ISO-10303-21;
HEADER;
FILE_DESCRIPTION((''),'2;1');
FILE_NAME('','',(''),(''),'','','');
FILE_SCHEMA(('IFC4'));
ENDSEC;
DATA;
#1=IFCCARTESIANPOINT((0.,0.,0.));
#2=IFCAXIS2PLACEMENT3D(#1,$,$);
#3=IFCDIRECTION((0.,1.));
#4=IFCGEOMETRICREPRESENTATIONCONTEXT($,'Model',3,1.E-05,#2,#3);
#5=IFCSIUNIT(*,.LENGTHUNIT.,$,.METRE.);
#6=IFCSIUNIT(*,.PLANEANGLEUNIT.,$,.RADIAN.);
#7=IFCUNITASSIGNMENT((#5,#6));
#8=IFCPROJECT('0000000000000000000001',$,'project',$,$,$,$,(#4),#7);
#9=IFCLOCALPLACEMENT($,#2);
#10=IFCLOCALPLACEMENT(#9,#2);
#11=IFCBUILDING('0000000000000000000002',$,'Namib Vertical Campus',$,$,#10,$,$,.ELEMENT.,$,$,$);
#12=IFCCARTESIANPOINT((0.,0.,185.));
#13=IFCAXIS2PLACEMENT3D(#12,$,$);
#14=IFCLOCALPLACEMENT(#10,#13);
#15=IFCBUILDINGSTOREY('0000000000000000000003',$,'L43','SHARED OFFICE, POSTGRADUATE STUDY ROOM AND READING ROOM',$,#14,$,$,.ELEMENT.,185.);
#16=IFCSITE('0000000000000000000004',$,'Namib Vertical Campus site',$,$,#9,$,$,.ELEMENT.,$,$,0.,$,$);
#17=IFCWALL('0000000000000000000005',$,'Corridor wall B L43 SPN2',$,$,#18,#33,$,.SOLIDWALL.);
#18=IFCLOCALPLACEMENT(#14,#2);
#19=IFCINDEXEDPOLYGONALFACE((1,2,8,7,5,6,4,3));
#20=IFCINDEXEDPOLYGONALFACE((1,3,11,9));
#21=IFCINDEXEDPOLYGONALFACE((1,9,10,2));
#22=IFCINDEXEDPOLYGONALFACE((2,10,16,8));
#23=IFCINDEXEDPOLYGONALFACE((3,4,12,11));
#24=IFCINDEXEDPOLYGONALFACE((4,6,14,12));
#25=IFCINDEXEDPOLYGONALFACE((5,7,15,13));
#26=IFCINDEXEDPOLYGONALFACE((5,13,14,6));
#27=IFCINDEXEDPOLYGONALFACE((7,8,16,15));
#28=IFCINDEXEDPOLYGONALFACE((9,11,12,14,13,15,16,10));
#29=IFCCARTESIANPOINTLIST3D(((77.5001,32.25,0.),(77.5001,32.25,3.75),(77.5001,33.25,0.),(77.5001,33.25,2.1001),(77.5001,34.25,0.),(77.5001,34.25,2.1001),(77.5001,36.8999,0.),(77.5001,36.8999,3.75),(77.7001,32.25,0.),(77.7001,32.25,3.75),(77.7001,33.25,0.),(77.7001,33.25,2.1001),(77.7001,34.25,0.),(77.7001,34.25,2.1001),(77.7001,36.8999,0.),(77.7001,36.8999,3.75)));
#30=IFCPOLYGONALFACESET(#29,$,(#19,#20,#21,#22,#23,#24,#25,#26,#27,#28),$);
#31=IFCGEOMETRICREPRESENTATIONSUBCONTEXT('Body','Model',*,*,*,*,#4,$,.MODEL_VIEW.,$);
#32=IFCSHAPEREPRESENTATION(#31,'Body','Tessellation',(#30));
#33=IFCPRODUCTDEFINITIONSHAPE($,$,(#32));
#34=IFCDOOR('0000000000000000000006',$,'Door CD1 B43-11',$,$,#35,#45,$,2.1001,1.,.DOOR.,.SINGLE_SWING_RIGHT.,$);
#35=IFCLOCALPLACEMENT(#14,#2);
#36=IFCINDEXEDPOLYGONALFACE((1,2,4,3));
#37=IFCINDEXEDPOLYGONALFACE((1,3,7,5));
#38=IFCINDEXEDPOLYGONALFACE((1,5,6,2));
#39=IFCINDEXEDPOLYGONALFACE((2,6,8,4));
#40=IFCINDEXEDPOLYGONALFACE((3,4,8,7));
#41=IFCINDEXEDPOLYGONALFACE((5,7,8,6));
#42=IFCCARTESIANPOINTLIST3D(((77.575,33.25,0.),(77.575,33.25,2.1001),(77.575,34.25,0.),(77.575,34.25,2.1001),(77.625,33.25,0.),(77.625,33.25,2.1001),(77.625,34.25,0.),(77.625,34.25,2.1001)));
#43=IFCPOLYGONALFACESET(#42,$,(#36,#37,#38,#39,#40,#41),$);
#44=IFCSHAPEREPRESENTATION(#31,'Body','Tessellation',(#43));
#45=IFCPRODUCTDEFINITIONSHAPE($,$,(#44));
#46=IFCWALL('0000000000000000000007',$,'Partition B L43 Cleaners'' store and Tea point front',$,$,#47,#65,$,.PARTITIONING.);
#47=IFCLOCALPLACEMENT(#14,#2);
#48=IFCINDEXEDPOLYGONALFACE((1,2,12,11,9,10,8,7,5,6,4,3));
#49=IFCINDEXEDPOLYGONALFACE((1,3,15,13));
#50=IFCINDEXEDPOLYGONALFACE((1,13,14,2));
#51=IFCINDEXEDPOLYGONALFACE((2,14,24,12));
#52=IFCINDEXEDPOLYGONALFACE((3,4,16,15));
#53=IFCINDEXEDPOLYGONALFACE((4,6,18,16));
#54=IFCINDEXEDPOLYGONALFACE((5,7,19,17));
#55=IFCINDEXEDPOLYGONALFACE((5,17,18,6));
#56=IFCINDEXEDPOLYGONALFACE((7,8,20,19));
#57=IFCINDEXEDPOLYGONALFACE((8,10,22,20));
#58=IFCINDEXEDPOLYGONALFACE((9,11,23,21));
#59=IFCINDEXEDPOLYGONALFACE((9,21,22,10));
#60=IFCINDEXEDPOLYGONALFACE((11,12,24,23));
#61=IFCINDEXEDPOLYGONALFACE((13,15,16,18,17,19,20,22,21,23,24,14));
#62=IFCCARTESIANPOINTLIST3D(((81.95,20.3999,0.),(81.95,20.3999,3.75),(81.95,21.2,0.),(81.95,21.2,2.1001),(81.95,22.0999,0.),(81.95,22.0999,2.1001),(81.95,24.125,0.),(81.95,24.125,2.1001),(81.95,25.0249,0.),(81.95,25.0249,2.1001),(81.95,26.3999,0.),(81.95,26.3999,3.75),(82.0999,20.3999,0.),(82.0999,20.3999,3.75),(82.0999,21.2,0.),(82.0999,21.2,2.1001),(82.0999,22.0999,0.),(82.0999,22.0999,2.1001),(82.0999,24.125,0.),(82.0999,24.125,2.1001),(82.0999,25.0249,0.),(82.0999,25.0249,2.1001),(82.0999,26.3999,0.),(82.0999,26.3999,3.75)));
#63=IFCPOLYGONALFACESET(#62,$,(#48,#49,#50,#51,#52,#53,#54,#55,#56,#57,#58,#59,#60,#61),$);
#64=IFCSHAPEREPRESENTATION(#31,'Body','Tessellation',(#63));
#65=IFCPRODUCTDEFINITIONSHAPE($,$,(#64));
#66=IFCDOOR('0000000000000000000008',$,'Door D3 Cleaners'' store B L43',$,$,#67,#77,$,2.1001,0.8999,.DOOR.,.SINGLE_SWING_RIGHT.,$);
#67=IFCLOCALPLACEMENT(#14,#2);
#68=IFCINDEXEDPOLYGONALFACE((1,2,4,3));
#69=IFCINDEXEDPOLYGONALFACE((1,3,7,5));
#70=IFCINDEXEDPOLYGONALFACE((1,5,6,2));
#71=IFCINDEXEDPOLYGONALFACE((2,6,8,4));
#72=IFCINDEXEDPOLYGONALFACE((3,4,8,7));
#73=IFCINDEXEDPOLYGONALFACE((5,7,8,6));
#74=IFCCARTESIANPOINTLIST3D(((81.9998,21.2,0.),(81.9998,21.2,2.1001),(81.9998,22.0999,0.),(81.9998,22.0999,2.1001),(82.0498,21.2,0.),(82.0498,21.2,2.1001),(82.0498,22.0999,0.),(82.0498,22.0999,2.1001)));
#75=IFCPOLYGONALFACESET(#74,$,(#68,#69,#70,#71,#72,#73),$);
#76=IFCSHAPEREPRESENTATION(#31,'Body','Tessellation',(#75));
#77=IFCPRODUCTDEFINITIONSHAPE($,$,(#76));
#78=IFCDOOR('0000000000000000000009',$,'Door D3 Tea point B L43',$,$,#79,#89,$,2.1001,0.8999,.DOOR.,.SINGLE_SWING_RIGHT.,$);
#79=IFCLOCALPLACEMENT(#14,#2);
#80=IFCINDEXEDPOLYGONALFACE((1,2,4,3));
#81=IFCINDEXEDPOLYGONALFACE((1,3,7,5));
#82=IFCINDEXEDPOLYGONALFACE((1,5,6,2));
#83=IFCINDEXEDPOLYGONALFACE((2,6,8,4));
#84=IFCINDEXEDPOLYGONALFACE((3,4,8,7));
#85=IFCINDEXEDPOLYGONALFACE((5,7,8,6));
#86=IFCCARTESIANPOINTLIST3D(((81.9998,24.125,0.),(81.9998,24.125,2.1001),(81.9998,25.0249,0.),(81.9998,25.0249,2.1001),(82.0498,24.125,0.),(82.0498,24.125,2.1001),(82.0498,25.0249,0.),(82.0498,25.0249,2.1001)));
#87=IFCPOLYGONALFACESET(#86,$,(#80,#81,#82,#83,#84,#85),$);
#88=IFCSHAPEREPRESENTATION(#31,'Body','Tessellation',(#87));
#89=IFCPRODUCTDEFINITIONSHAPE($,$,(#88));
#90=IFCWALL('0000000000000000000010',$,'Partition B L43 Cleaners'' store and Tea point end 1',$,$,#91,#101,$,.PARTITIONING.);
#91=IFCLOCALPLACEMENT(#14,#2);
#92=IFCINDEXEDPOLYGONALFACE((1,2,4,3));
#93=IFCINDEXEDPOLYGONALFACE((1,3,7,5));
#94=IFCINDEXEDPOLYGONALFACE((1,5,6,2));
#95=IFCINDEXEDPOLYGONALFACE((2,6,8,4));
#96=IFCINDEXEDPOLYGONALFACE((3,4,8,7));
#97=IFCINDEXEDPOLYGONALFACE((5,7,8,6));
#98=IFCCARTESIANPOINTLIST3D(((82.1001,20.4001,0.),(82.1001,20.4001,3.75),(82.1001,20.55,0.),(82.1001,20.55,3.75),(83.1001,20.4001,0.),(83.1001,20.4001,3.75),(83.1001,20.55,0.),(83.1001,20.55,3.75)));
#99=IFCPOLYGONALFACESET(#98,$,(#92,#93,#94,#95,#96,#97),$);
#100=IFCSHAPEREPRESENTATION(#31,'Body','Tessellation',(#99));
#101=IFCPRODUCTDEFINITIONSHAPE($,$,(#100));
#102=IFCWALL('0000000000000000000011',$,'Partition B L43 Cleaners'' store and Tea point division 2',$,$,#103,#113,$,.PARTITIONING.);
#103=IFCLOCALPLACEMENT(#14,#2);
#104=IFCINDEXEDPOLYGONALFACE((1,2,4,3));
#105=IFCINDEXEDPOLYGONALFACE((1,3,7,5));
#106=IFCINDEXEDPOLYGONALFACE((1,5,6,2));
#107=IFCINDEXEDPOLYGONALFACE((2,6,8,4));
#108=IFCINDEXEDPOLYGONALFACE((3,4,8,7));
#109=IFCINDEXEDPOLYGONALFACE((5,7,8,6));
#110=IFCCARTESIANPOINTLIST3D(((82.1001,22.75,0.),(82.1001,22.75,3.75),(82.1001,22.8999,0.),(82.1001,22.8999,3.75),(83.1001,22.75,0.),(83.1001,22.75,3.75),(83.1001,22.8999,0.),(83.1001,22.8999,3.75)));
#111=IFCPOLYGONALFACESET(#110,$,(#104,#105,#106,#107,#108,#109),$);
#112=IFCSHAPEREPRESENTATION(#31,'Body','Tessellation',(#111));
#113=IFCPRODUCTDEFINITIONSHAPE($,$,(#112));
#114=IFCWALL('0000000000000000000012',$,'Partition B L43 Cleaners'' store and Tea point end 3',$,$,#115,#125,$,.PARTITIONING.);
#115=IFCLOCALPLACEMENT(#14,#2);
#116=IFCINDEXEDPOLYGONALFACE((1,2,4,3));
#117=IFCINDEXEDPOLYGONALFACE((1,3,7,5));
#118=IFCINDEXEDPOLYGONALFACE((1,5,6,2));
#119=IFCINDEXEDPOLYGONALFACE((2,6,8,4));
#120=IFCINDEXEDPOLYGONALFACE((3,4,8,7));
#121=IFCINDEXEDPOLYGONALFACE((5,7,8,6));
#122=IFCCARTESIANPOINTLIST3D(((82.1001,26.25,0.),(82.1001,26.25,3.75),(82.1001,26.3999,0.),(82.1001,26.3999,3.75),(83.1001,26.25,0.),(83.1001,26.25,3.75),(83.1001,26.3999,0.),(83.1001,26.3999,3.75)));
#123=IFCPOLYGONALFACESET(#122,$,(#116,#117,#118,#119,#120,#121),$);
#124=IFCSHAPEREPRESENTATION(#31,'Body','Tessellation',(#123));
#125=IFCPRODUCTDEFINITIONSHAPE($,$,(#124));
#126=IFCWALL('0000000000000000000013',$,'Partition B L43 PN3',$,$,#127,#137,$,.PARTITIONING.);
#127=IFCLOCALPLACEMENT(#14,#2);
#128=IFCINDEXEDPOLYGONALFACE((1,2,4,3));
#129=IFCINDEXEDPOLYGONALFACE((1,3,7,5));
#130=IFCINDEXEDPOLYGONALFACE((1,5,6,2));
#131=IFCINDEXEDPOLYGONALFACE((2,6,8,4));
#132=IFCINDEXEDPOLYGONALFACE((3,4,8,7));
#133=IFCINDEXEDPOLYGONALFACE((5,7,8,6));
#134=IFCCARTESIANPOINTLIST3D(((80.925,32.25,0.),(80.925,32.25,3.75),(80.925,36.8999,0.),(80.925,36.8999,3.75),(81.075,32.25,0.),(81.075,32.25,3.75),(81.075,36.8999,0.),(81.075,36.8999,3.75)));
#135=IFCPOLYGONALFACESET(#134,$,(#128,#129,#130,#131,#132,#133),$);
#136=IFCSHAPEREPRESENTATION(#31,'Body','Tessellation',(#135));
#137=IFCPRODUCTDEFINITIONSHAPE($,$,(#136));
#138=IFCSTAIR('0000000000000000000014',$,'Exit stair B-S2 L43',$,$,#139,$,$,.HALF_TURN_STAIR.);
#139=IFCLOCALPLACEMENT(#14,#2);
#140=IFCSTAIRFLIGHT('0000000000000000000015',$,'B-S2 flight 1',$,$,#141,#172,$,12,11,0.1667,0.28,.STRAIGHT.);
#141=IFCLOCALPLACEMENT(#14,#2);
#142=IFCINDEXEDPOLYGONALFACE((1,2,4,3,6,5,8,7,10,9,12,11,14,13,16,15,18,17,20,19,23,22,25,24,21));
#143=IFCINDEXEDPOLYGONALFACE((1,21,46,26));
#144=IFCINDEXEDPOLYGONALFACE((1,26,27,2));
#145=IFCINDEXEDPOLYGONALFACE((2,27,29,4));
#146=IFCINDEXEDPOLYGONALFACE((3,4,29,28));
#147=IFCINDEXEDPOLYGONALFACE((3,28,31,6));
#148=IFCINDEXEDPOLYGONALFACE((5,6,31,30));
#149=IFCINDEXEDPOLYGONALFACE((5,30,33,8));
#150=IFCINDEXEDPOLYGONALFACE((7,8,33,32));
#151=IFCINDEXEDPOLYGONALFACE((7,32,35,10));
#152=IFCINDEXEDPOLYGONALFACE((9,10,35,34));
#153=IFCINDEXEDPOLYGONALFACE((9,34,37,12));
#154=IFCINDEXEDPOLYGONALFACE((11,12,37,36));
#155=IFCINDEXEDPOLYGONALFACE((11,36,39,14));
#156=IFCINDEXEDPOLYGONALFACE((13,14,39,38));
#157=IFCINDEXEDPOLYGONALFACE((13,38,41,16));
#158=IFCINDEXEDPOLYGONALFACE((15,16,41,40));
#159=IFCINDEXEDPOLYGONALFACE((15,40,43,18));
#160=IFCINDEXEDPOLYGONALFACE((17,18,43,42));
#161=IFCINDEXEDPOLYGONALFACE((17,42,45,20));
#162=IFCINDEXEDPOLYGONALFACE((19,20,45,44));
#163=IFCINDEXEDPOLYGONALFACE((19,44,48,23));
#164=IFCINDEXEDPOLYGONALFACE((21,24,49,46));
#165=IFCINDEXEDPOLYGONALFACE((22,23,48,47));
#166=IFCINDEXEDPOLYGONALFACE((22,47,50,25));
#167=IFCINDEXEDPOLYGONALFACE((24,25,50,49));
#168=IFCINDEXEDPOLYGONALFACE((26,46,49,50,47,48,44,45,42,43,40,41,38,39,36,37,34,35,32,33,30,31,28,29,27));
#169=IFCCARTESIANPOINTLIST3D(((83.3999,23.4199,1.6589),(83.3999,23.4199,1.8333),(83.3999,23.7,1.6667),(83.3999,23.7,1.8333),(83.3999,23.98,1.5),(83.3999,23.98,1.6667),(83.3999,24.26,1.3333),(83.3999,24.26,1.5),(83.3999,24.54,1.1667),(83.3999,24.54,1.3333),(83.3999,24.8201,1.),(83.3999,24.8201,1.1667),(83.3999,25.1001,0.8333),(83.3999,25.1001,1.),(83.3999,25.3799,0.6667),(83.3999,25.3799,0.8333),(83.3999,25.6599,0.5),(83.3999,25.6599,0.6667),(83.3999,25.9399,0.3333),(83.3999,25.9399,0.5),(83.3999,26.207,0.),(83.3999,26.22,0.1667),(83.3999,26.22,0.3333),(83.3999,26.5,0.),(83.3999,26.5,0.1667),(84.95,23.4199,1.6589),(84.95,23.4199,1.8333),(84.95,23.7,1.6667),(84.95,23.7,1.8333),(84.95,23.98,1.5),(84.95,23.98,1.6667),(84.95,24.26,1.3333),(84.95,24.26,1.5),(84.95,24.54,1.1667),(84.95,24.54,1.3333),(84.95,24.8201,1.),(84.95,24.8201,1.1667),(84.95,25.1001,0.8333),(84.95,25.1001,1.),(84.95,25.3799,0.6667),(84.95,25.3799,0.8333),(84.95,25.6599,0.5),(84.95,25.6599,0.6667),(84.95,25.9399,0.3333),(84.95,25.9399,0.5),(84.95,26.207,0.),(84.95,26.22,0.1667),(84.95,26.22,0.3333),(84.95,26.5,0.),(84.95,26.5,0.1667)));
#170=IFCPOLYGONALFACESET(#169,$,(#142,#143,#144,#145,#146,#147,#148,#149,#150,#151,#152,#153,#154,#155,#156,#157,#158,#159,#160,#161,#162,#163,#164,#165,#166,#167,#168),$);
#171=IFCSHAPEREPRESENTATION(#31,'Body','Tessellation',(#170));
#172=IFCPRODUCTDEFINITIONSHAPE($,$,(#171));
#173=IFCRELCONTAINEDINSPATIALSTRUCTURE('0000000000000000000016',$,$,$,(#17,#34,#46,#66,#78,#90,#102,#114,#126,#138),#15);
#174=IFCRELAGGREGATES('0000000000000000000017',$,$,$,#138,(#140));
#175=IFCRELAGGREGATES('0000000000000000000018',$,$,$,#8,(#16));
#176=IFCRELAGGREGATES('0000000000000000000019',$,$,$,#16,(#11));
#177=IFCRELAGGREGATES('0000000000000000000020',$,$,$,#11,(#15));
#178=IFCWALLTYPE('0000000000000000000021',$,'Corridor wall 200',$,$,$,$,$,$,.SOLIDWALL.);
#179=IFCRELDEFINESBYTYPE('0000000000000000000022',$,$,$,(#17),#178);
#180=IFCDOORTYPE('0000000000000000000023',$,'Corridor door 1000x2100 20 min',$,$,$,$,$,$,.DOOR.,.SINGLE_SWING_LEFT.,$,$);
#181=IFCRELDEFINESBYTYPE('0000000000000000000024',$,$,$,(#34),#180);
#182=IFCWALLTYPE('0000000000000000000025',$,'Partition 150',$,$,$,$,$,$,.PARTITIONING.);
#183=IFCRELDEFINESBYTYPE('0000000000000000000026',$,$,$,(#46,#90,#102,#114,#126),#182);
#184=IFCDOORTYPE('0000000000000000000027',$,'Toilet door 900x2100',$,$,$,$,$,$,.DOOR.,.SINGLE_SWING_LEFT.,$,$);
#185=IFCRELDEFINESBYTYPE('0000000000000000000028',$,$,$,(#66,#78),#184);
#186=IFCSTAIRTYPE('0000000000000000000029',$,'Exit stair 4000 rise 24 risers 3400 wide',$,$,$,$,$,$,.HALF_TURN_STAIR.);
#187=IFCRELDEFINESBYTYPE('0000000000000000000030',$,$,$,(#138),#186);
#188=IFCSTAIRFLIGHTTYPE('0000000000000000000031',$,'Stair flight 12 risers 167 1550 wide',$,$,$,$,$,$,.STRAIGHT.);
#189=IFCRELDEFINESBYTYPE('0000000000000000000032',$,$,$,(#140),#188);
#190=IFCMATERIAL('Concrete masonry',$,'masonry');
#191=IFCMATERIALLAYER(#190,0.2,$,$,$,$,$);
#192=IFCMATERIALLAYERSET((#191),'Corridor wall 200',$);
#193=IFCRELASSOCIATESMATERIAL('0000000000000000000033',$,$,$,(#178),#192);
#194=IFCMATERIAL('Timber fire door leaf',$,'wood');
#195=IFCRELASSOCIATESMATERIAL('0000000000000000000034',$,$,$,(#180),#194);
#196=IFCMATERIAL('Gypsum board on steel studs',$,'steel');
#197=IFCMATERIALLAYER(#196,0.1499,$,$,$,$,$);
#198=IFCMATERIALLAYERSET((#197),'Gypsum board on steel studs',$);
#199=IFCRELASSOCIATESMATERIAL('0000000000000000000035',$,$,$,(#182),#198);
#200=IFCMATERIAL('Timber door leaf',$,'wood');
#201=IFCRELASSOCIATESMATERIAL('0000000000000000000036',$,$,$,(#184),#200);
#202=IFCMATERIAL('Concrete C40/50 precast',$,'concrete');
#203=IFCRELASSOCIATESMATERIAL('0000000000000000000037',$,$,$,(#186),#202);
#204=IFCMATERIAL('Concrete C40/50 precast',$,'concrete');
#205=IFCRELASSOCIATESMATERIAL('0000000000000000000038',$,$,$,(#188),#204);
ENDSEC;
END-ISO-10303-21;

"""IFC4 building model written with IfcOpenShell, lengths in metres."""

from ifc_helpers import new_model, si_unit, direction, frame, frame_2d, origin, place, context, subcontext, project, spatial, polyline, rectangle, outline, extrude, material, layer, layer_set, type_object, element, fill, aggregate, save


model = new_model("IFC4")

# Units and contexts
model_context = context("Model", 3, precision=1e-05, world=origin(), true_north=direction((0.0, 1.0)))
body_context = subcontext(model_context, "Body", "Model", "MODEL_VIEW")
ifc_project = project(units=[si_unit("LENGTHUNIT", "METRE"), si_unit("PLANEANGLEUNIT", "RADIAN")], contexts=[model_context])

# Site, building, storey
site_placement = place(None, origin())
site = spatial("IfcSite", under=ifc_project, at=site_placement, Name="Namib Vertical Campus site", CompositionType="ELEMENT", RefElevation=0.0)
building_placement = place(site_placement, origin())
building = spatial("IfcBuilding", under=site, at=building_placement, Name="Namib Vertical Campus", CompositionType="ELEMENT")
storey_placement = place(building_placement, frame((0.0, 0.0, 185.0)))
storey = spatial("IfcBuildingStorey", under=building, at=storey_placement, Name="L43", Description="SHARED OFFICE, POSTGRADUATE STUDY ROOM AND READING ROOM", CompositionType="ELEMENT", Elevation=185.0)

# Wall, opening, door
ifc_material_1 = material(Name="Concrete masonry", Category="masonry")
ifc_layer_1 = layer(ifc_material_1, 0.2)
ifc_layer_set_1 = layer_set([ifc_layer_1], Name="Corridor wall 200")
wall_type_1 = type_object("IfcWallType", Name="Corridor wall 200", PredefinedType="SOLIDWALL", material=ifc_layer_set_1)
ifc_material_2 = material(Name="Timber fire door leaf", Category="wood")
door_type_1 = type_object("IfcDoorType", Name="Corridor door 1000x2100 20 min", OperationType="SINGLE_SWING_LEFT", PredefinedType="DOOR", material=ifc_material_2)
wall_1_placement = place(storey_placement, frame((77.6001, 36.8999, 0.0), z_axis=(0.0, 0.0, 1.0), x_axis=(0.0, -1.0, 0.0)))
wall_1 = element("IfcWall", 1, at=wall_1_placement, inside=storey, type_object=wall_type_1, Name="Corridor wall B L43 SPN2", PredefinedType="SOLIDWALL", context=body_context, shape_type="SweptSolid", body=[
    extrude(rectangle(XDim=4.6499, YDim=0.2, at=frame_2d((2.325, 0.0))), origin(), (0.0, 0.0, 1.0), 3.75),
])
opening_1_placement = place(wall_1_placement, frame((2.6499, 0.0, 0.0)))
opening_1 = element("IfcOpeningElement", 2, at=opening_1_placement, cuts=wall_1, PredefinedType="OPENING", context=body_context, shape_type="SweptSolid", body=[
    extrude(rectangle(XDim=1.0, YDim=2.1001, at=frame_2d((0.5, 1.05))), frame((0.0, 0.1099, 0.0), z_axis=(0.0, -1.0, 0.0), x_axis=(1.0, 0.0, 0.0)), (0.0, 0.0, 1.0), 0.22),
])
door_1_placement = place(opening_1_placement, origin())
door_1 = element("IfcDoor", 3, at=door_1_placement, inside=storey, type_object=door_type_1, Name="Door CD1 B43-11", OperationType="SINGLE_SWING_RIGHT", OverallHeight=2.1001, OverallWidth=1.0, PredefinedType="DOOR", context=body_context, shape_type="SweptSolid", body=[
    extrude(rectangle(XDim=1.0, YDim=2.1001, at=frame_2d((0.5, 1.05))), frame((0.0, 0.0249, 0.0), z_axis=(0.0, -1.0, 0.0), x_axis=(1.0, 0.0, 0.0)), (0.0, 0.0, 1.0), 0.05),
])
fill(opening_1, door_1)

# Wall, openings, doors
ifc_material_3 = material(Name="Gypsum board on steel studs", Category="steel")
ifc_layer_2 = layer(ifc_material_3, 0.1499)
ifc_layer_set_2 = layer_set([ifc_layer_2], Name="Gypsum board on steel studs")
wall_type_2 = type_object("IfcWallType", Name="Partition 150", PredefinedType="PARTITIONING", material=ifc_layer_set_2)
wall_2_placement = place(storey_placement, frame((82.0249, 20.3999, 0.0), z_axis=(0.0, 0.0, 1.0), x_axis=(0.0, 1.0, 0.0)))
wall_2 = element("IfcWall", 4, at=wall_2_placement, inside=storey, type_object=wall_type_2, Name="Partition B L43 Cleaners' store and Tea point front", PredefinedType="PARTITIONING", context=body_context, shape_type="SweptSolid", body=[
    extrude(rectangle(XDim=6.0, YDim=0.1499, at=frame_2d((3.0, 0.0))), origin(), (0.0, 0.0, 1.0), 3.75),
])
opening_2_placement = place(wall_2_placement, frame((0.8, 0.0, 0.0)))
opening_2 = element("IfcOpeningElement", 5, at=opening_2_placement, cuts=wall_2, PredefinedType="OPENING", context=body_context, shape_type="SweptSolid", body=[
    extrude(rectangle(XDim=0.8999, YDim=2.1001, at=frame_2d((0.45, 1.05))), frame((0.0, 0.085, 0.0), z_axis=(0.0, -1.0, 0.0), x_axis=(1.0, 0.0, 0.0)), (0.0, 0.0, 1.0), 0.1699),
])
opening_3_placement = place(wall_2_placement, frame((3.7251, 0.0, 0.0)))
opening_3 = element("IfcOpeningElement", 6, at=opening_3_placement, cuts=wall_2, PredefinedType="OPENING", context=body_context, shape_type="SweptSolid", body=[
    extrude(rectangle(XDim=0.8999, YDim=2.1001, at=frame_2d((0.45, 1.05))), frame((0.0, 0.085, 0.0), z_axis=(0.0, -1.0, 0.0), x_axis=(1.0, 0.0, 0.0)), (0.0, 0.0, 1.0), 0.1699),
])
ifc_material_4 = material(Name="Timber door leaf", Category="wood")
door_type_2 = type_object("IfcDoorType", Name="Toilet door 900x2100", OperationType="SINGLE_SWING_LEFT", PredefinedType="DOOR", material=ifc_material_4)
door_2_placement = place(opening_2_placement, frame((0.8999, 0.0, 0.0), z_axis=(0.0, 0.0, 1.0), x_axis=(-1.0, 0.0, 0.0)))
door_2 = element("IfcDoor", 7, at=door_2_placement, inside=storey, type_object=door_type_2, Name="Door D3 Cleaners' store B L43", OperationType="SINGLE_SWING_RIGHT", OverallHeight=2.1001, OverallWidth=0.8999, PredefinedType="DOOR", context=body_context, shape_type="SweptSolid", body=[
    extrude(rectangle(XDim=0.8999, YDim=2.1001, at=frame_2d((0.45, 1.05))), frame((0.0, 0.0249, 0.0), z_axis=(0.0, -1.0, 0.0), x_axis=(1.0, 0.0, 0.0)), (0.0, 0.0, 1.0), 0.05),
])
fill(opening_2, door_2)
door_3_placement = place(opening_3_placement, frame((0.8999, 0.0, 0.0), z_axis=(0.0, 0.0, 1.0), x_axis=(-1.0, 0.0, 0.0)))
door_3 = element("IfcDoor", 8, at=door_3_placement, inside=storey, type_object=door_type_2, Name="Door D3 Tea point B L43", OperationType="SINGLE_SWING_RIGHT", OverallHeight=2.1001, OverallWidth=0.8999, PredefinedType="DOOR", context=body_context, shape_type="SweptSolid", body=[
    extrude(rectangle(XDim=0.8999, YDim=2.1001, at=frame_2d((0.45, 1.05))), frame((0.0, 0.0249, 0.0), z_axis=(0.0, -1.0, 0.0), x_axis=(1.0, 0.0, 0.0)), (0.0, 0.0, 1.0), 0.05),
])
fill(opening_3, door_3)

# Walls
for number, where, z_axis, x_axis, name in (
    (9, (82.1001, 20.4751, 0.0), (0.0, 0.0, 1.0), (1.0, 0.0, 0.0), "Partition B L43 Cleaners' store and Tea point end 1"),
    (10, (82.1001, 22.825, 0.0), (0.0, 0.0, 1.0), (1.0, 0.0, 0.0), "Partition B L43 Cleaners' store and Tea point division 2"),
    (11, (82.1001, 26.325, 0.0), (0.0, 0.0, 1.0), (1.0, 0.0, 0.0), "Partition B L43 Cleaners' store and Tea point end 3"),
):
    element("IfcWall", number, at=place(storey_placement, frame(where, z_axis=z_axis, x_axis=x_axis)), inside=storey, type_object=wall_type_2, Name=name, PredefinedType="PARTITIONING", context=body_context, shape_type="SweptSolid", body=[
        extrude(rectangle(XDim=1.0, YDim=0.1499, at=frame_2d((0.5, 0.0))), origin(), (0.0, 0.0, 1.0), 3.75),
    ])
wall_3_placement = place(storey_placement, frame((81.0, 32.25, 0.0), z_axis=(0.0, 0.0, 1.0), x_axis=(0.0, 1.0, 0.0)))
element("IfcWall", 12, at=wall_3_placement, inside=storey, type_object=wall_type_2, Name="Partition B L43 PN3", PredefinedType="PARTITIONING", context=body_context, shape_type="SweptSolid", body=[
    extrude(rectangle(XDim=4.6499, YDim=0.1499, at=frame_2d((2.325, 0.0))), origin(), (0.0, 0.0, 1.0), 3.75),
])

# Stair, stair flight
ifc_material_5 = material(Name="Concrete C40/50 precast", Category="concrete")
stair_type = type_object("IfcStairType", Name="Exit stair 4000 rise 24 risers 3400 wide", PredefinedType="HALF_TURN_STAIR", material=ifc_material_5)
stair_placement = place(storey_placement, origin())
stair = element("IfcStair", 13, at=stair_placement, inside=storey, type_object=stair_type, Name="Exit stair B-S2 L43", PredefinedType="HALF_TURN_STAIR")
ifc_material_6 = material(Name="Concrete C40/50 precast", Category="concrete")
stair_flight_type = type_object("IfcStairFlightType", Name="Stair flight 12 risers 167 1550 wide", PredefinedType="STRAIGHT", material=ifc_material_6)
stair_flight_placement = place(storey_placement, frame((84.175, 26.5, 0.0), z_axis=(0.0, 0.0, 1.0), x_axis=(0.0, -1.0, 0.0)))
stair_flight = element("IfcStairFlight", 14, at=stair_flight_placement, type_object=stair_flight_type, Name="B-S2 flight 1", NumberOfRisers=12, NumberOfTreads=11, PredefinedType="STRAIGHT", RiserHeight=0.1667, TreadLength=0.28, context=body_context, shape_type="SweptSolid", body=[
    extrude(outline(polyline([(0.0, 0.0), (0.0, 0.1667), (0.28, 0.1667), (0.28, 0.3333), (0.5601, 0.3333), (0.5601, 0.5), (0.8401, 0.5), (0.8401, 0.6667), (1.1201, 0.6667), (1.1201, 0.8333), (1.3999, 0.8333), (1.3999, 1.0), (1.6799, 1.0), (1.6799, 1.1667), (1.96, 1.1667), (1.96, 1.3333), (2.24, 1.3333), (2.24, 1.5), (2.52, 1.5), (2.52, 1.6667), (2.8, 1.6667), (2.8, 1.8333), (3.0801, 1.8333), (3.0801, 2.0), (3.0801, 1.6589), (0.293, 0.0), (0.0, 0.0)])), frame((0.0, 0.7749, 0.0), z_axis=(0.0, -1.0, 0.0), x_axis=(1.0, 0.0, 0.0)), (0.0, 0.0, 1.0), 1.55),
])
aggregate(stair, [stair_flight])

save(model, "model.ifc")
